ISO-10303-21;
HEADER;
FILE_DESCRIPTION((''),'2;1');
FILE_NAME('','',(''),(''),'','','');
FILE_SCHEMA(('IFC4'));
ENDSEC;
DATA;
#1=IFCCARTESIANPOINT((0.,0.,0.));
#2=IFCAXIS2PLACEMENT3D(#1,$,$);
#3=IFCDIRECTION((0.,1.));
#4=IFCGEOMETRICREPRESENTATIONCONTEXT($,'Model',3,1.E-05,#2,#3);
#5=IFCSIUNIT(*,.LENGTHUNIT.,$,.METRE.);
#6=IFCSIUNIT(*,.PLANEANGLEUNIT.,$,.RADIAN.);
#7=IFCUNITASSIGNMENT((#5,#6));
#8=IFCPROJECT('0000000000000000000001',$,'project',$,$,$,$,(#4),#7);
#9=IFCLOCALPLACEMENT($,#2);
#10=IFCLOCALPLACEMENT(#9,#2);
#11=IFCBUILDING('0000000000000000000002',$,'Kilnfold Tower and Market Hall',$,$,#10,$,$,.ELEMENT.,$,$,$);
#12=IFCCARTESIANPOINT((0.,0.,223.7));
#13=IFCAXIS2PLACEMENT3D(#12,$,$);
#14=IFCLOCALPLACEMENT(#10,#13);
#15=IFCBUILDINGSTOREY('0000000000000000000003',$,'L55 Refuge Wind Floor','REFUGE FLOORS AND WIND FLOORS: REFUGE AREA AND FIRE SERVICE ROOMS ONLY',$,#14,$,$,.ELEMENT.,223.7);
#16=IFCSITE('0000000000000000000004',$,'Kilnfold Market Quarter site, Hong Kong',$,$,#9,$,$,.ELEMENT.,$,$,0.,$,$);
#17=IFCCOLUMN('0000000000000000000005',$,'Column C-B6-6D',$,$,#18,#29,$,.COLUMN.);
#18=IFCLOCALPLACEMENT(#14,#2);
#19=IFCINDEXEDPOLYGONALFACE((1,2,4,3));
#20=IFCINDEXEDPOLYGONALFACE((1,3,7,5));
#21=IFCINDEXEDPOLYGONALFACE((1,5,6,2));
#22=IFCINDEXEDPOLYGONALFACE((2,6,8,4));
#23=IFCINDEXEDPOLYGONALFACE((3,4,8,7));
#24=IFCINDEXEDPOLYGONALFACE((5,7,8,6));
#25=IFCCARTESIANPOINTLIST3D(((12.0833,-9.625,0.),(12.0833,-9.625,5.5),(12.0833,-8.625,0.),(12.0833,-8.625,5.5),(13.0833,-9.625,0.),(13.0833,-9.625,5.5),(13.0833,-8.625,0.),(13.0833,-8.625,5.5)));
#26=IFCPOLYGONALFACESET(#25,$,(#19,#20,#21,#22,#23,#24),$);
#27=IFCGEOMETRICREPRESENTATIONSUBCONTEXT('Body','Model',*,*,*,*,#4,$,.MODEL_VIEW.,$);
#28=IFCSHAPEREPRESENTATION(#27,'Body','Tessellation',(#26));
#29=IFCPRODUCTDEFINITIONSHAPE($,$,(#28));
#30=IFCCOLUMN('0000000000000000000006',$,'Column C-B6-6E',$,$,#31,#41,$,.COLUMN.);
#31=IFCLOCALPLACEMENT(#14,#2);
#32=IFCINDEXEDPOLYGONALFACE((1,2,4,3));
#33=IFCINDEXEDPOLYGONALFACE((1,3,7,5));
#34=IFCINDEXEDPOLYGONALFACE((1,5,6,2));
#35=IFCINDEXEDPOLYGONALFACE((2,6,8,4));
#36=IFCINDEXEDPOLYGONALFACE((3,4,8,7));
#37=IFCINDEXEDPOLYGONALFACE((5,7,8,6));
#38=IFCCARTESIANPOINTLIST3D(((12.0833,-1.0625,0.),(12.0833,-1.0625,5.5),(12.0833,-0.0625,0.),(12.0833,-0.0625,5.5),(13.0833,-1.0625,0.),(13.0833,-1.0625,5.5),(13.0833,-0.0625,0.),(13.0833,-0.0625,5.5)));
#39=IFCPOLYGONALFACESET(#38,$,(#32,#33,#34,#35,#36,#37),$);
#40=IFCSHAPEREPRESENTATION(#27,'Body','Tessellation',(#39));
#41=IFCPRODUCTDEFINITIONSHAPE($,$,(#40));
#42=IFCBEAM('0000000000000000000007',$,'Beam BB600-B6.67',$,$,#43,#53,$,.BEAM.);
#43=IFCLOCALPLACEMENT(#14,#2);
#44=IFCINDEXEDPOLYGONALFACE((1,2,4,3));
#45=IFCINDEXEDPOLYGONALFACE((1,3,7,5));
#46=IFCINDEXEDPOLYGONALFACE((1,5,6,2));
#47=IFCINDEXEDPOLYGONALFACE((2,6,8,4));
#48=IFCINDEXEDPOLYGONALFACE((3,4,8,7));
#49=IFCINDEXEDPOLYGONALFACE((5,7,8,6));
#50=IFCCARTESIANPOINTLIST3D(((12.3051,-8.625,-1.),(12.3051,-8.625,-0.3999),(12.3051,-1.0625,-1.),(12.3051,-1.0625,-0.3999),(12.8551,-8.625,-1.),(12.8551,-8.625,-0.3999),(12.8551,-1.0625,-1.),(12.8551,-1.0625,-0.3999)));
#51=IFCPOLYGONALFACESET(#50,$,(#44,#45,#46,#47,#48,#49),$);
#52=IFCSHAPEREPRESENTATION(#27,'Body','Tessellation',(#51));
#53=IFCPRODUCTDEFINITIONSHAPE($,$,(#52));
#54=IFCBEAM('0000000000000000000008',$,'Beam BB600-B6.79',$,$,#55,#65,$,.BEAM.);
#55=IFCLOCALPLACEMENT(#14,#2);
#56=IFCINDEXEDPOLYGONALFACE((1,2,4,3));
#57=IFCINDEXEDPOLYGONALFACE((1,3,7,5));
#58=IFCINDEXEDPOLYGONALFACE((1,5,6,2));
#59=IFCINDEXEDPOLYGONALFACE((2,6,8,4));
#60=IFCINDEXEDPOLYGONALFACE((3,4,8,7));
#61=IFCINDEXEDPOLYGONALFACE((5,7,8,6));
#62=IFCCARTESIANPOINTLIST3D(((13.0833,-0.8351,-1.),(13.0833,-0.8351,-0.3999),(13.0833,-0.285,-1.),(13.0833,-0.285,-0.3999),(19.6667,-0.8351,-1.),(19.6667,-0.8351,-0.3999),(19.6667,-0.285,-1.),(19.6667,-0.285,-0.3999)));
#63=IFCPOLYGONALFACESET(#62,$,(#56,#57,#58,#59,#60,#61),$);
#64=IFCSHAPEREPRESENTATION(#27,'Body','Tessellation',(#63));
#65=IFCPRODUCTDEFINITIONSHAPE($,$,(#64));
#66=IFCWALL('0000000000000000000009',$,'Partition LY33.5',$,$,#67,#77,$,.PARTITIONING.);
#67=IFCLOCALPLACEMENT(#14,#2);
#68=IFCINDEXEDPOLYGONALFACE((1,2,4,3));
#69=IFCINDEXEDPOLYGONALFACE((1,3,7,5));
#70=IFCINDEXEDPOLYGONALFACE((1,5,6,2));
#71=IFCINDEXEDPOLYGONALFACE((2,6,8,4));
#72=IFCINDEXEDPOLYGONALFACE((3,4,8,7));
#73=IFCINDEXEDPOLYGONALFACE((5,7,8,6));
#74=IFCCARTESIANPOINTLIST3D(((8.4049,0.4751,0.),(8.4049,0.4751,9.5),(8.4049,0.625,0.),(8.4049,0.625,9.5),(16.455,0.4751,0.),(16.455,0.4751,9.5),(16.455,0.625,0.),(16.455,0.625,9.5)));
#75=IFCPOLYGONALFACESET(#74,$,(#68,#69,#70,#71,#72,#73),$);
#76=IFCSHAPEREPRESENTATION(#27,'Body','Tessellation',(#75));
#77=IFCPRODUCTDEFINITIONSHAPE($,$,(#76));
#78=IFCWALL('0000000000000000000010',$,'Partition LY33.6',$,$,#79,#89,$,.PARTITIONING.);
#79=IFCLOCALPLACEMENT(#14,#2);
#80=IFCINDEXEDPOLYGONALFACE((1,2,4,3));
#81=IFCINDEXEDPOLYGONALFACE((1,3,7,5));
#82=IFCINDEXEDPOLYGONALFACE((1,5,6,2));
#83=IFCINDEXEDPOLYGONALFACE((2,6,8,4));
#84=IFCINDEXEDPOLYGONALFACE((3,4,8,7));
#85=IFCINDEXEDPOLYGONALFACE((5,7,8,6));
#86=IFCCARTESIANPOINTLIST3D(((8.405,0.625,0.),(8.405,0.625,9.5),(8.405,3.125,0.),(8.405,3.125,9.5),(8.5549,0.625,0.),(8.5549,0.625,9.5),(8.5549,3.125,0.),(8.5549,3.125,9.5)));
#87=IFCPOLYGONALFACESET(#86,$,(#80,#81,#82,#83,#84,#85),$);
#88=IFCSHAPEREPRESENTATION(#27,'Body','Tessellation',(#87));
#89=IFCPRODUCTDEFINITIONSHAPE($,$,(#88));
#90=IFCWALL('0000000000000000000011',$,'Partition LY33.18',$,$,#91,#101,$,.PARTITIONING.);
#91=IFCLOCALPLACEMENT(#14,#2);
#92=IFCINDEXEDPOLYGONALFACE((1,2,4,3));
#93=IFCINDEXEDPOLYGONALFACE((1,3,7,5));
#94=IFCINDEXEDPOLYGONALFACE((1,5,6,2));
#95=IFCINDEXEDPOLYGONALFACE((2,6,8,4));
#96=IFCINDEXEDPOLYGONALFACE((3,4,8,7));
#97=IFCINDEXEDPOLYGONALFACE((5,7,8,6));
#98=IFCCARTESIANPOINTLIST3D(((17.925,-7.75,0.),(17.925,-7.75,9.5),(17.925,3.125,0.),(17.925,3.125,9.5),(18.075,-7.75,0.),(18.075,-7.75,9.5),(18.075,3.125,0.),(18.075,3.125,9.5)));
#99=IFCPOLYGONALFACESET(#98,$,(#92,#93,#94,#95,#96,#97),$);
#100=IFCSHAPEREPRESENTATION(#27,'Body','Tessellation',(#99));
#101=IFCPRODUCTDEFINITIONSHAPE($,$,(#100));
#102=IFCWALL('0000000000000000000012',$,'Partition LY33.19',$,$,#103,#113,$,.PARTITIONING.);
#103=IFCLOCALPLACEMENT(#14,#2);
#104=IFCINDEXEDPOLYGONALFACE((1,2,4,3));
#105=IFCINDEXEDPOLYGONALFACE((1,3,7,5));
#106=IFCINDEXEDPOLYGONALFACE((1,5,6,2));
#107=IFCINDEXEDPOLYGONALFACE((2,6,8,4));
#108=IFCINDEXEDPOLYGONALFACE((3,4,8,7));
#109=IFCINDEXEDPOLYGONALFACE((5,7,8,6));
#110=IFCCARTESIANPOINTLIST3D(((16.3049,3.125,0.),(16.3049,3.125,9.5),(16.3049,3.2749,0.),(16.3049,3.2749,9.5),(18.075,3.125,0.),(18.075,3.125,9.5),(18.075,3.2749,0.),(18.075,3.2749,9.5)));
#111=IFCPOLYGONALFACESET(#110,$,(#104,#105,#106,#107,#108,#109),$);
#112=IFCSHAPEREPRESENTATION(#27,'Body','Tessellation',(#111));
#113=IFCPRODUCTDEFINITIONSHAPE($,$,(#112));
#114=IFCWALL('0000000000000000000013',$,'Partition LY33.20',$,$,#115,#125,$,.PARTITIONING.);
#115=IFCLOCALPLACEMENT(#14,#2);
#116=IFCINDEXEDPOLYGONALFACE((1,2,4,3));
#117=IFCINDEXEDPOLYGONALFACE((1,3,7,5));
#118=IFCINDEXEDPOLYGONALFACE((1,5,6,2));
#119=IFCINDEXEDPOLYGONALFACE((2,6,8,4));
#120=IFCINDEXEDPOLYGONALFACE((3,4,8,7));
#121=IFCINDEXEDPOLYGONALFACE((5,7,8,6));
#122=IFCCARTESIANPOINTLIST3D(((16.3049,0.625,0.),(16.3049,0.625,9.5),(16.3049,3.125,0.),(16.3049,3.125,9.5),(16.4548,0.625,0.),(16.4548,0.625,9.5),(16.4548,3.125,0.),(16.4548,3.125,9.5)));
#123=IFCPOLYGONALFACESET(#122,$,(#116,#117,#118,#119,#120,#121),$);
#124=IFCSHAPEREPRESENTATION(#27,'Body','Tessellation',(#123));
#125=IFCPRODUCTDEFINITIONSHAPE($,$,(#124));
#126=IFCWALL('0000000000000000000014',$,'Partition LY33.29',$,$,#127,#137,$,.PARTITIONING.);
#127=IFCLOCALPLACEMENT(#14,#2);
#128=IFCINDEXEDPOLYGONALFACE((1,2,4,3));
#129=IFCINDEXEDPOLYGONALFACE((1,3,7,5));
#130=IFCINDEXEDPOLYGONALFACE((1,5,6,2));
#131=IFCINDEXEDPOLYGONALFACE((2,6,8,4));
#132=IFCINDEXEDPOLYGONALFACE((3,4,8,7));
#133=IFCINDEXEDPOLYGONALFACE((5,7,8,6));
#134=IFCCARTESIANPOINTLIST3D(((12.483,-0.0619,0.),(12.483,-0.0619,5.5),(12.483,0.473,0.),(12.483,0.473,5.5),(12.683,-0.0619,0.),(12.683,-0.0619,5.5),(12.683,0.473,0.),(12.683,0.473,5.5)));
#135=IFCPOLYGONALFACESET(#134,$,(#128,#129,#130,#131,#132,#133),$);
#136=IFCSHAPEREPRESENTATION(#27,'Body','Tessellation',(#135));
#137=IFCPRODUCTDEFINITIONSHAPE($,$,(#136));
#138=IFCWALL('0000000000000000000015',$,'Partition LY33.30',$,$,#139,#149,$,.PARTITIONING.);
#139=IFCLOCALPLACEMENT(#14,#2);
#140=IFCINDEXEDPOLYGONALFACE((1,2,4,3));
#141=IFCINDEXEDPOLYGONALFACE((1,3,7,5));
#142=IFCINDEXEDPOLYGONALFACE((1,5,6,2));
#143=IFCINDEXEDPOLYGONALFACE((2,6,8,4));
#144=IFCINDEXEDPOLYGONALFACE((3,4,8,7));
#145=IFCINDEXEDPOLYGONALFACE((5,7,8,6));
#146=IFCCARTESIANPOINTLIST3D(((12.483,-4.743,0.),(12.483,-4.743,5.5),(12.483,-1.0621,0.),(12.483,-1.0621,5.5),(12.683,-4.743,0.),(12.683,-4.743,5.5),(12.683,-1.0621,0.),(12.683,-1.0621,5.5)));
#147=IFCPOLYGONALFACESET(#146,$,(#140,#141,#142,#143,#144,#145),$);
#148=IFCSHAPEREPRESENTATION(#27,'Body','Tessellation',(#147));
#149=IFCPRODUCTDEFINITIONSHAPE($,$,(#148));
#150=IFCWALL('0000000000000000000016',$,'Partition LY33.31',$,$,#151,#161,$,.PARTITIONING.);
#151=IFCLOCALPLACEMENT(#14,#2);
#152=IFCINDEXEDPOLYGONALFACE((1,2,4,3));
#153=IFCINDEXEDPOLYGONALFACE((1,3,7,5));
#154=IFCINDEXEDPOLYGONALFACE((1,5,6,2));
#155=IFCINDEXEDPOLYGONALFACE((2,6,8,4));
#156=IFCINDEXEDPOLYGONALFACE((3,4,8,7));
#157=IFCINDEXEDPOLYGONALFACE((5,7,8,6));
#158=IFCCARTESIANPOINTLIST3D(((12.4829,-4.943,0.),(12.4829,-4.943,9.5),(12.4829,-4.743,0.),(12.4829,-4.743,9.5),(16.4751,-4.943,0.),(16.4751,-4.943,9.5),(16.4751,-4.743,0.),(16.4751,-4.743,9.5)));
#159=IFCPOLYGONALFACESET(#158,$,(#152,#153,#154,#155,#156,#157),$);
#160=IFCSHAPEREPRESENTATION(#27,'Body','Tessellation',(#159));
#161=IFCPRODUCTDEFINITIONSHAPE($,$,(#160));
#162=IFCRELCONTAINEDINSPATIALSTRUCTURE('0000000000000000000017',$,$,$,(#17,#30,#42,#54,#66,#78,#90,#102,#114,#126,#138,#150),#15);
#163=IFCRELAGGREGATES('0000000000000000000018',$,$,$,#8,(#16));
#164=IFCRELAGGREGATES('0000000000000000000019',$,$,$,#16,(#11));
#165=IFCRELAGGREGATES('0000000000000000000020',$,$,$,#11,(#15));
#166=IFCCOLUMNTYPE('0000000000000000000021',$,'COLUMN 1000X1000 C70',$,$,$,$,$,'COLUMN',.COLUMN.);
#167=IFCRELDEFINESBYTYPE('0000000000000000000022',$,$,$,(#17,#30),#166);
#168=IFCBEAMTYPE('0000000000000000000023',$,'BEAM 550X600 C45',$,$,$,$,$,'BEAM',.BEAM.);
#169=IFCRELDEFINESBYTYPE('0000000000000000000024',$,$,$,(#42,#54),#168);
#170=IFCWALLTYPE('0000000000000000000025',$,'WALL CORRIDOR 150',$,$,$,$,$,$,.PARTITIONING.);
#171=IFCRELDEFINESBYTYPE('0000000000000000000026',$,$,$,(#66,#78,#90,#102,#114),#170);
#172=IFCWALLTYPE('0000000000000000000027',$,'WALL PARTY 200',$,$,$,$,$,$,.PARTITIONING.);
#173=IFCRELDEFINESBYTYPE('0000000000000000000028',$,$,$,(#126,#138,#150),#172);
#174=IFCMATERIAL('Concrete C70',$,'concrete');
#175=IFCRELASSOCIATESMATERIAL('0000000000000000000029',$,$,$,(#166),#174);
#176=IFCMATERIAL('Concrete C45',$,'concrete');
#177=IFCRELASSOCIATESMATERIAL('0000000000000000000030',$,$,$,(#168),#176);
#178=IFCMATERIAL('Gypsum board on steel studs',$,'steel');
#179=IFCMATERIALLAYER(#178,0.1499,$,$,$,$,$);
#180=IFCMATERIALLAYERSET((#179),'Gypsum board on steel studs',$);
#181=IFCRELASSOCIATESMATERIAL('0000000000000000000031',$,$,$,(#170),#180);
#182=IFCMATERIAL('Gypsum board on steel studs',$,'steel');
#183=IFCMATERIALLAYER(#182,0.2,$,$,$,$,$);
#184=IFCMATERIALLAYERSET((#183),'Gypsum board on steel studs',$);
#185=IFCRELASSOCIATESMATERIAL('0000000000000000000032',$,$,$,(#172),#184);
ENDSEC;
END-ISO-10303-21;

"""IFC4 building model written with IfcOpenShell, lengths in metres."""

from ifc_helpers import new_model, si_unit, direction, frame, frame_2d, origin, origin_2d, place, context, subcontext, project, spatial, rectangle, extrude, source, transform, mapped, material, layer, layer_set, material_profile, profile_set, type_object, element, save


model = new_model("IFC4")

# Units and contexts
model_context = context("Model", 3, precision=1e-05, world=origin(), true_north=direction((0.0, 1.0)))
body_context = subcontext(model_context, "Body", "Model", "MODEL_VIEW")
ifc_project = project(units=[si_unit("LENGTHUNIT", "METRE"), si_unit("PLANEANGLEUNIT", "RADIAN")], contexts=[model_context])

# Site, building, storey
site_placement = place(None, origin())
site = spatial("IfcSite", under=ifc_project, at=site_placement, Name="Kilnfold Market Quarter site, Hong Kong", CompositionType="ELEMENT", RefElevation=0.0)
building_placement = place(site_placement, origin())
building = spatial("IfcBuilding", under=site, at=building_placement, Name="Kilnfold Tower and Market Hall", CompositionType="ELEMENT")
storey_placement = place(building_placement, frame((0.0, 0.0, 223.7)))
storey = spatial("IfcBuildingStorey", under=building, at=storey_placement, Name="L55 Refuge Wind Floor", Description="REFUGE FLOORS AND WIND FLOORS: REFUGE AREA AND FIRE SERVICE ROOMS ONLY", CompositionType="ELEMENT", Elevation=223.7)

# Columns
ifc_material_1 = material(Name="Concrete C70", Category="concrete")
ifc_material_profile_1 = material_profile(ifc_material_1, rectangle(XDim=1.0, YDim=1.0, at=origin_2d()), Name="RC 1000x1000")
ifc_profile_set_1 = profile_set([ifc_material_profile_1], Name="Concrete C70")
column_type = type_object("IfcColumnType", Name="COLUMN 1000X1000 C70", ElementType="COLUMN", PredefinedType="COLUMN", material=ifc_profile_set_1)
shared_shape_1 = source(origin(), body_context, "Body", "SweptSolid", [
    extrude(rectangle(XDim=1.0, YDim=1.0, at=origin_2d()), origin(), (0.0, 0.0, 1.0), 5.5),
])
for number, where, z_axis, x_axis, name in (
    (1, (12.5833, -9.125, 0.0), (0.0, 0.0, 1.0), (1.0, 0.0, 0.0), "Column C-B6-6D"),
    (2, (12.5833, -0.5625, 0.0), (0.0, 0.0, 1.0), (1.0, 0.0, 0.0), "Column C-B6-6E"),
):
    element("IfcColumn", number, at=place(storey_placement, frame(where, z_axis=z_axis, x_axis=x_axis)), inside=storey, type_object=column_type, Name=name, PredefinedType="COLUMN", context=body_context, shape_type="MappedRepresentation", body=[
        mapped(shared_shape_1, transform((0.0, 0.0, 0.0))),
    ])

# Beams
ifc_material_2 = material(Name="Concrete C45", Category="concrete")
ifc_material_profile_2 = material_profile(ifc_material_2, rectangle(XDim=0.55, YDim=0.6001, at=origin_2d()), Name="RC 550x600")
ifc_profile_set_2 = profile_set([ifc_material_profile_2], Name="Concrete C45")
beam_type = type_object("IfcBeamType", Name="BEAM 550X600 C45", ElementType="BEAM", PredefinedType="BEAM", material=ifc_profile_set_2)
shared_shape_2 = source(origin(), body_context, "Body", "SweptSolid", [
    extrude(rectangle(XDim=0.55, YDim=0.6001, at=origin_2d()), origin(), (0.0, 0.0, 1.0), 7.5625),
])
beam_1_placement = place(storey_placement, frame((12.5801, -8.625, -0.7), z_axis=(0.0, 1.0, 0.0), x_axis=(-1.0, 0.0, 0.0)))
element("IfcBeam", 3, at=beam_1_placement, inside=storey, type_object=beam_type, Name="Beam BB600-B6.67", PredefinedType="BEAM", context=body_context, shape_type="MappedRepresentation", body=[
    mapped(shared_shape_2, transform((0.0, 0.0, 0.0))),
])
shared_shape_3 = source(origin(), body_context, "Body", "SweptSolid", [
    extrude(rectangle(XDim=0.55, YDim=0.6001, at=origin_2d()), origin(), (0.0, 0.0, 1.0), 6.5835),
])
beam_2_placement = place(storey_placement, frame((13.0833, -0.5601, -0.7), z_axis=(1.0, 0.0, 0.0), x_axis=(0.0, 1.0, 0.0)))
element("IfcBeam", 4, at=beam_2_placement, inside=storey, type_object=beam_type, Name="Beam BB600-B6.79", PredefinedType="BEAM", context=body_context, shape_type="MappedRepresentation", body=[
    mapped(shared_shape_3, transform((0.0, 0.0, 0.0))),
])

# Walls
ifc_material_3 = material(Name="Gypsum board on steel studs", Category="steel")
ifc_layer_1 = layer(ifc_material_3, 0.1499)
ifc_layer_set_1 = layer_set([ifc_layer_1], Name="Gypsum board on steel studs")
wall_type_1 = type_object("IfcWallType", Name="WALL CORRIDOR 150", PredefinedType="PARTITIONING", material=ifc_layer_set_1)
wall_1_placement = place(storey_placement, frame((8.405, 0.55, 0.0), z_axis=(0.0, 0.0, 1.0), x_axis=(1.0, 0.0, 0.0)))
element("IfcWall", 5, at=wall_1_placement, inside=storey, type_object=wall_type_1, Name="Partition LY33.5", PredefinedType="PARTITIONING", context=body_context, shape_type="SweptSolid", body=[
    extrude(rectangle(XDim=8.05, YDim=0.1499, at=frame_2d((4.0249, 0.0))), origin(), (0.0, 0.0, 1.0), 9.5),
])
wall_2_placement = place(storey_placement, frame((8.48, 3.125, 0.0), z_axis=(0.0, 0.0, 1.0), x_axis=(0.0, -1.0, 0.0)))
element("IfcWall", 6, at=wall_2_placement, inside=storey, type_object=wall_type_1, Name="Partition LY33.6", PredefinedType="PARTITIONING", context=body_context, shape_type="SweptSolid", body=[
    extrude(rectangle(XDim=2.5, YDim=0.1499, at=frame_2d((1.25, 0.0))), origin(), (0.0, 0.0, 1.0), 9.5),
])
wall_3_placement = place(storey_placement, frame((18.0, 3.125, 0.0), z_axis=(0.0, 0.0, 1.0), x_axis=(0.0, -1.0, 0.0)))
element("IfcWall", 7, at=wall_3_placement, inside=storey, type_object=wall_type_1, Name="Partition LY33.18", PredefinedType="PARTITIONING", context=body_context, shape_type="SweptSolid", body=[
    extrude(rectangle(XDim=10.875, YDim=0.1499, at=frame_2d((5.4375, 0.0))), origin(), (0.0, 0.0, 1.0), 9.5),
])
wall_4_placement = place(storey_placement, frame((16.3049, 3.2, 0.0), z_axis=(0.0, 0.0, 1.0), x_axis=(1.0, 0.0, 0.0)))
element("IfcWall", 8, at=wall_4_placement, inside=storey, type_object=wall_type_1, Name="Partition LY33.19", PredefinedType="PARTITIONING", context=body_context, shape_type="SweptSolid", body=[
    extrude(rectangle(XDim=1.77, YDim=0.1499, at=frame_2d((0.885, 0.0))), origin(), (0.0, 0.0, 1.0), 9.5),
])
wall_5_placement = place(storey_placement, frame((16.3799, 0.625, 0.0), z_axis=(0.0, 0.0, 1.0), x_axis=(0.0, 1.0, 0.0)))
element("IfcWall", 9, at=wall_5_placement, inside=storey, type_object=wall_type_1, Name="Partition LY33.20", PredefinedType="PARTITIONING", context=body_context, shape_type="SweptSolid", body=[
    extrude(rectangle(XDim=2.5, YDim=0.1499, at=frame_2d((1.25, 0.0))), origin(), (0.0, 0.0, 1.0), 9.5),
])
ifc_material_4 = material(Name="Gypsum board on steel studs", Category="steel")
ifc_layer_2 = layer(ifc_material_4, 0.2)
ifc_layer_set_2 = layer_set([ifc_layer_2], Name="Gypsum board on steel studs")
wall_type_2 = type_object("IfcWallType", Name="WALL PARTY 200", PredefinedType="PARTITIONING", material=ifc_layer_set_2)
wall_6_placement = place(storey_placement, frame((12.583, -0.062, 0.0), z_axis=(0.0, 0.0, 1.0), x_axis=(0.0, 1.0, 0.0)))
element("IfcWall", 10, at=wall_6_placement, inside=storey, type_object=wall_type_2, Name="Partition LY33.29", PredefinedType="PARTITIONING", context=body_context, shape_type="SweptSolid", body=[
    extrude(rectangle(XDim=0.5349, YDim=0.2, at=frame_2d((0.2676, 0.0))), origin(), (0.0, 0.0, 1.0), 5.5),
])
wall_7_placement = place(storey_placement, frame((12.583, -4.7429, 0.0), z_axis=(0.0, 0.0, 1.0), x_axis=(0.0, 1.0, 0.0)))
element("IfcWall", 11, at=wall_7_placement, inside=storey, type_object=wall_type_2, Name="Partition LY33.30", PredefinedType="PARTITIONING", context=body_context, shape_type="SweptSolid", body=[
    extrude(rectangle(XDim=3.6809, YDim=0.2, at=frame_2d((1.8403, 0.0))), origin(), (0.0, 0.0, 1.0), 5.5),
])
wall_8_placement = place(storey_placement, frame((16.4751, -4.843, 0.0), z_axis=(0.0, 0.0, 1.0), x_axis=(-1.0, 0.0, 0.0)))
element("IfcWall", 12, at=wall_8_placement, inside=storey, type_object=wall_type_2, Name="Partition LY33.31", PredefinedType="PARTITIONING", context=body_context, shape_type="SweptSolid", body=[
    extrude(rectangle(XDim=3.9922, YDim=0.2, at=frame_2d((1.9961, 0.0))), origin(), (0.0, 0.0, 1.0), 9.5),
])

save(model, "model.ifc")
